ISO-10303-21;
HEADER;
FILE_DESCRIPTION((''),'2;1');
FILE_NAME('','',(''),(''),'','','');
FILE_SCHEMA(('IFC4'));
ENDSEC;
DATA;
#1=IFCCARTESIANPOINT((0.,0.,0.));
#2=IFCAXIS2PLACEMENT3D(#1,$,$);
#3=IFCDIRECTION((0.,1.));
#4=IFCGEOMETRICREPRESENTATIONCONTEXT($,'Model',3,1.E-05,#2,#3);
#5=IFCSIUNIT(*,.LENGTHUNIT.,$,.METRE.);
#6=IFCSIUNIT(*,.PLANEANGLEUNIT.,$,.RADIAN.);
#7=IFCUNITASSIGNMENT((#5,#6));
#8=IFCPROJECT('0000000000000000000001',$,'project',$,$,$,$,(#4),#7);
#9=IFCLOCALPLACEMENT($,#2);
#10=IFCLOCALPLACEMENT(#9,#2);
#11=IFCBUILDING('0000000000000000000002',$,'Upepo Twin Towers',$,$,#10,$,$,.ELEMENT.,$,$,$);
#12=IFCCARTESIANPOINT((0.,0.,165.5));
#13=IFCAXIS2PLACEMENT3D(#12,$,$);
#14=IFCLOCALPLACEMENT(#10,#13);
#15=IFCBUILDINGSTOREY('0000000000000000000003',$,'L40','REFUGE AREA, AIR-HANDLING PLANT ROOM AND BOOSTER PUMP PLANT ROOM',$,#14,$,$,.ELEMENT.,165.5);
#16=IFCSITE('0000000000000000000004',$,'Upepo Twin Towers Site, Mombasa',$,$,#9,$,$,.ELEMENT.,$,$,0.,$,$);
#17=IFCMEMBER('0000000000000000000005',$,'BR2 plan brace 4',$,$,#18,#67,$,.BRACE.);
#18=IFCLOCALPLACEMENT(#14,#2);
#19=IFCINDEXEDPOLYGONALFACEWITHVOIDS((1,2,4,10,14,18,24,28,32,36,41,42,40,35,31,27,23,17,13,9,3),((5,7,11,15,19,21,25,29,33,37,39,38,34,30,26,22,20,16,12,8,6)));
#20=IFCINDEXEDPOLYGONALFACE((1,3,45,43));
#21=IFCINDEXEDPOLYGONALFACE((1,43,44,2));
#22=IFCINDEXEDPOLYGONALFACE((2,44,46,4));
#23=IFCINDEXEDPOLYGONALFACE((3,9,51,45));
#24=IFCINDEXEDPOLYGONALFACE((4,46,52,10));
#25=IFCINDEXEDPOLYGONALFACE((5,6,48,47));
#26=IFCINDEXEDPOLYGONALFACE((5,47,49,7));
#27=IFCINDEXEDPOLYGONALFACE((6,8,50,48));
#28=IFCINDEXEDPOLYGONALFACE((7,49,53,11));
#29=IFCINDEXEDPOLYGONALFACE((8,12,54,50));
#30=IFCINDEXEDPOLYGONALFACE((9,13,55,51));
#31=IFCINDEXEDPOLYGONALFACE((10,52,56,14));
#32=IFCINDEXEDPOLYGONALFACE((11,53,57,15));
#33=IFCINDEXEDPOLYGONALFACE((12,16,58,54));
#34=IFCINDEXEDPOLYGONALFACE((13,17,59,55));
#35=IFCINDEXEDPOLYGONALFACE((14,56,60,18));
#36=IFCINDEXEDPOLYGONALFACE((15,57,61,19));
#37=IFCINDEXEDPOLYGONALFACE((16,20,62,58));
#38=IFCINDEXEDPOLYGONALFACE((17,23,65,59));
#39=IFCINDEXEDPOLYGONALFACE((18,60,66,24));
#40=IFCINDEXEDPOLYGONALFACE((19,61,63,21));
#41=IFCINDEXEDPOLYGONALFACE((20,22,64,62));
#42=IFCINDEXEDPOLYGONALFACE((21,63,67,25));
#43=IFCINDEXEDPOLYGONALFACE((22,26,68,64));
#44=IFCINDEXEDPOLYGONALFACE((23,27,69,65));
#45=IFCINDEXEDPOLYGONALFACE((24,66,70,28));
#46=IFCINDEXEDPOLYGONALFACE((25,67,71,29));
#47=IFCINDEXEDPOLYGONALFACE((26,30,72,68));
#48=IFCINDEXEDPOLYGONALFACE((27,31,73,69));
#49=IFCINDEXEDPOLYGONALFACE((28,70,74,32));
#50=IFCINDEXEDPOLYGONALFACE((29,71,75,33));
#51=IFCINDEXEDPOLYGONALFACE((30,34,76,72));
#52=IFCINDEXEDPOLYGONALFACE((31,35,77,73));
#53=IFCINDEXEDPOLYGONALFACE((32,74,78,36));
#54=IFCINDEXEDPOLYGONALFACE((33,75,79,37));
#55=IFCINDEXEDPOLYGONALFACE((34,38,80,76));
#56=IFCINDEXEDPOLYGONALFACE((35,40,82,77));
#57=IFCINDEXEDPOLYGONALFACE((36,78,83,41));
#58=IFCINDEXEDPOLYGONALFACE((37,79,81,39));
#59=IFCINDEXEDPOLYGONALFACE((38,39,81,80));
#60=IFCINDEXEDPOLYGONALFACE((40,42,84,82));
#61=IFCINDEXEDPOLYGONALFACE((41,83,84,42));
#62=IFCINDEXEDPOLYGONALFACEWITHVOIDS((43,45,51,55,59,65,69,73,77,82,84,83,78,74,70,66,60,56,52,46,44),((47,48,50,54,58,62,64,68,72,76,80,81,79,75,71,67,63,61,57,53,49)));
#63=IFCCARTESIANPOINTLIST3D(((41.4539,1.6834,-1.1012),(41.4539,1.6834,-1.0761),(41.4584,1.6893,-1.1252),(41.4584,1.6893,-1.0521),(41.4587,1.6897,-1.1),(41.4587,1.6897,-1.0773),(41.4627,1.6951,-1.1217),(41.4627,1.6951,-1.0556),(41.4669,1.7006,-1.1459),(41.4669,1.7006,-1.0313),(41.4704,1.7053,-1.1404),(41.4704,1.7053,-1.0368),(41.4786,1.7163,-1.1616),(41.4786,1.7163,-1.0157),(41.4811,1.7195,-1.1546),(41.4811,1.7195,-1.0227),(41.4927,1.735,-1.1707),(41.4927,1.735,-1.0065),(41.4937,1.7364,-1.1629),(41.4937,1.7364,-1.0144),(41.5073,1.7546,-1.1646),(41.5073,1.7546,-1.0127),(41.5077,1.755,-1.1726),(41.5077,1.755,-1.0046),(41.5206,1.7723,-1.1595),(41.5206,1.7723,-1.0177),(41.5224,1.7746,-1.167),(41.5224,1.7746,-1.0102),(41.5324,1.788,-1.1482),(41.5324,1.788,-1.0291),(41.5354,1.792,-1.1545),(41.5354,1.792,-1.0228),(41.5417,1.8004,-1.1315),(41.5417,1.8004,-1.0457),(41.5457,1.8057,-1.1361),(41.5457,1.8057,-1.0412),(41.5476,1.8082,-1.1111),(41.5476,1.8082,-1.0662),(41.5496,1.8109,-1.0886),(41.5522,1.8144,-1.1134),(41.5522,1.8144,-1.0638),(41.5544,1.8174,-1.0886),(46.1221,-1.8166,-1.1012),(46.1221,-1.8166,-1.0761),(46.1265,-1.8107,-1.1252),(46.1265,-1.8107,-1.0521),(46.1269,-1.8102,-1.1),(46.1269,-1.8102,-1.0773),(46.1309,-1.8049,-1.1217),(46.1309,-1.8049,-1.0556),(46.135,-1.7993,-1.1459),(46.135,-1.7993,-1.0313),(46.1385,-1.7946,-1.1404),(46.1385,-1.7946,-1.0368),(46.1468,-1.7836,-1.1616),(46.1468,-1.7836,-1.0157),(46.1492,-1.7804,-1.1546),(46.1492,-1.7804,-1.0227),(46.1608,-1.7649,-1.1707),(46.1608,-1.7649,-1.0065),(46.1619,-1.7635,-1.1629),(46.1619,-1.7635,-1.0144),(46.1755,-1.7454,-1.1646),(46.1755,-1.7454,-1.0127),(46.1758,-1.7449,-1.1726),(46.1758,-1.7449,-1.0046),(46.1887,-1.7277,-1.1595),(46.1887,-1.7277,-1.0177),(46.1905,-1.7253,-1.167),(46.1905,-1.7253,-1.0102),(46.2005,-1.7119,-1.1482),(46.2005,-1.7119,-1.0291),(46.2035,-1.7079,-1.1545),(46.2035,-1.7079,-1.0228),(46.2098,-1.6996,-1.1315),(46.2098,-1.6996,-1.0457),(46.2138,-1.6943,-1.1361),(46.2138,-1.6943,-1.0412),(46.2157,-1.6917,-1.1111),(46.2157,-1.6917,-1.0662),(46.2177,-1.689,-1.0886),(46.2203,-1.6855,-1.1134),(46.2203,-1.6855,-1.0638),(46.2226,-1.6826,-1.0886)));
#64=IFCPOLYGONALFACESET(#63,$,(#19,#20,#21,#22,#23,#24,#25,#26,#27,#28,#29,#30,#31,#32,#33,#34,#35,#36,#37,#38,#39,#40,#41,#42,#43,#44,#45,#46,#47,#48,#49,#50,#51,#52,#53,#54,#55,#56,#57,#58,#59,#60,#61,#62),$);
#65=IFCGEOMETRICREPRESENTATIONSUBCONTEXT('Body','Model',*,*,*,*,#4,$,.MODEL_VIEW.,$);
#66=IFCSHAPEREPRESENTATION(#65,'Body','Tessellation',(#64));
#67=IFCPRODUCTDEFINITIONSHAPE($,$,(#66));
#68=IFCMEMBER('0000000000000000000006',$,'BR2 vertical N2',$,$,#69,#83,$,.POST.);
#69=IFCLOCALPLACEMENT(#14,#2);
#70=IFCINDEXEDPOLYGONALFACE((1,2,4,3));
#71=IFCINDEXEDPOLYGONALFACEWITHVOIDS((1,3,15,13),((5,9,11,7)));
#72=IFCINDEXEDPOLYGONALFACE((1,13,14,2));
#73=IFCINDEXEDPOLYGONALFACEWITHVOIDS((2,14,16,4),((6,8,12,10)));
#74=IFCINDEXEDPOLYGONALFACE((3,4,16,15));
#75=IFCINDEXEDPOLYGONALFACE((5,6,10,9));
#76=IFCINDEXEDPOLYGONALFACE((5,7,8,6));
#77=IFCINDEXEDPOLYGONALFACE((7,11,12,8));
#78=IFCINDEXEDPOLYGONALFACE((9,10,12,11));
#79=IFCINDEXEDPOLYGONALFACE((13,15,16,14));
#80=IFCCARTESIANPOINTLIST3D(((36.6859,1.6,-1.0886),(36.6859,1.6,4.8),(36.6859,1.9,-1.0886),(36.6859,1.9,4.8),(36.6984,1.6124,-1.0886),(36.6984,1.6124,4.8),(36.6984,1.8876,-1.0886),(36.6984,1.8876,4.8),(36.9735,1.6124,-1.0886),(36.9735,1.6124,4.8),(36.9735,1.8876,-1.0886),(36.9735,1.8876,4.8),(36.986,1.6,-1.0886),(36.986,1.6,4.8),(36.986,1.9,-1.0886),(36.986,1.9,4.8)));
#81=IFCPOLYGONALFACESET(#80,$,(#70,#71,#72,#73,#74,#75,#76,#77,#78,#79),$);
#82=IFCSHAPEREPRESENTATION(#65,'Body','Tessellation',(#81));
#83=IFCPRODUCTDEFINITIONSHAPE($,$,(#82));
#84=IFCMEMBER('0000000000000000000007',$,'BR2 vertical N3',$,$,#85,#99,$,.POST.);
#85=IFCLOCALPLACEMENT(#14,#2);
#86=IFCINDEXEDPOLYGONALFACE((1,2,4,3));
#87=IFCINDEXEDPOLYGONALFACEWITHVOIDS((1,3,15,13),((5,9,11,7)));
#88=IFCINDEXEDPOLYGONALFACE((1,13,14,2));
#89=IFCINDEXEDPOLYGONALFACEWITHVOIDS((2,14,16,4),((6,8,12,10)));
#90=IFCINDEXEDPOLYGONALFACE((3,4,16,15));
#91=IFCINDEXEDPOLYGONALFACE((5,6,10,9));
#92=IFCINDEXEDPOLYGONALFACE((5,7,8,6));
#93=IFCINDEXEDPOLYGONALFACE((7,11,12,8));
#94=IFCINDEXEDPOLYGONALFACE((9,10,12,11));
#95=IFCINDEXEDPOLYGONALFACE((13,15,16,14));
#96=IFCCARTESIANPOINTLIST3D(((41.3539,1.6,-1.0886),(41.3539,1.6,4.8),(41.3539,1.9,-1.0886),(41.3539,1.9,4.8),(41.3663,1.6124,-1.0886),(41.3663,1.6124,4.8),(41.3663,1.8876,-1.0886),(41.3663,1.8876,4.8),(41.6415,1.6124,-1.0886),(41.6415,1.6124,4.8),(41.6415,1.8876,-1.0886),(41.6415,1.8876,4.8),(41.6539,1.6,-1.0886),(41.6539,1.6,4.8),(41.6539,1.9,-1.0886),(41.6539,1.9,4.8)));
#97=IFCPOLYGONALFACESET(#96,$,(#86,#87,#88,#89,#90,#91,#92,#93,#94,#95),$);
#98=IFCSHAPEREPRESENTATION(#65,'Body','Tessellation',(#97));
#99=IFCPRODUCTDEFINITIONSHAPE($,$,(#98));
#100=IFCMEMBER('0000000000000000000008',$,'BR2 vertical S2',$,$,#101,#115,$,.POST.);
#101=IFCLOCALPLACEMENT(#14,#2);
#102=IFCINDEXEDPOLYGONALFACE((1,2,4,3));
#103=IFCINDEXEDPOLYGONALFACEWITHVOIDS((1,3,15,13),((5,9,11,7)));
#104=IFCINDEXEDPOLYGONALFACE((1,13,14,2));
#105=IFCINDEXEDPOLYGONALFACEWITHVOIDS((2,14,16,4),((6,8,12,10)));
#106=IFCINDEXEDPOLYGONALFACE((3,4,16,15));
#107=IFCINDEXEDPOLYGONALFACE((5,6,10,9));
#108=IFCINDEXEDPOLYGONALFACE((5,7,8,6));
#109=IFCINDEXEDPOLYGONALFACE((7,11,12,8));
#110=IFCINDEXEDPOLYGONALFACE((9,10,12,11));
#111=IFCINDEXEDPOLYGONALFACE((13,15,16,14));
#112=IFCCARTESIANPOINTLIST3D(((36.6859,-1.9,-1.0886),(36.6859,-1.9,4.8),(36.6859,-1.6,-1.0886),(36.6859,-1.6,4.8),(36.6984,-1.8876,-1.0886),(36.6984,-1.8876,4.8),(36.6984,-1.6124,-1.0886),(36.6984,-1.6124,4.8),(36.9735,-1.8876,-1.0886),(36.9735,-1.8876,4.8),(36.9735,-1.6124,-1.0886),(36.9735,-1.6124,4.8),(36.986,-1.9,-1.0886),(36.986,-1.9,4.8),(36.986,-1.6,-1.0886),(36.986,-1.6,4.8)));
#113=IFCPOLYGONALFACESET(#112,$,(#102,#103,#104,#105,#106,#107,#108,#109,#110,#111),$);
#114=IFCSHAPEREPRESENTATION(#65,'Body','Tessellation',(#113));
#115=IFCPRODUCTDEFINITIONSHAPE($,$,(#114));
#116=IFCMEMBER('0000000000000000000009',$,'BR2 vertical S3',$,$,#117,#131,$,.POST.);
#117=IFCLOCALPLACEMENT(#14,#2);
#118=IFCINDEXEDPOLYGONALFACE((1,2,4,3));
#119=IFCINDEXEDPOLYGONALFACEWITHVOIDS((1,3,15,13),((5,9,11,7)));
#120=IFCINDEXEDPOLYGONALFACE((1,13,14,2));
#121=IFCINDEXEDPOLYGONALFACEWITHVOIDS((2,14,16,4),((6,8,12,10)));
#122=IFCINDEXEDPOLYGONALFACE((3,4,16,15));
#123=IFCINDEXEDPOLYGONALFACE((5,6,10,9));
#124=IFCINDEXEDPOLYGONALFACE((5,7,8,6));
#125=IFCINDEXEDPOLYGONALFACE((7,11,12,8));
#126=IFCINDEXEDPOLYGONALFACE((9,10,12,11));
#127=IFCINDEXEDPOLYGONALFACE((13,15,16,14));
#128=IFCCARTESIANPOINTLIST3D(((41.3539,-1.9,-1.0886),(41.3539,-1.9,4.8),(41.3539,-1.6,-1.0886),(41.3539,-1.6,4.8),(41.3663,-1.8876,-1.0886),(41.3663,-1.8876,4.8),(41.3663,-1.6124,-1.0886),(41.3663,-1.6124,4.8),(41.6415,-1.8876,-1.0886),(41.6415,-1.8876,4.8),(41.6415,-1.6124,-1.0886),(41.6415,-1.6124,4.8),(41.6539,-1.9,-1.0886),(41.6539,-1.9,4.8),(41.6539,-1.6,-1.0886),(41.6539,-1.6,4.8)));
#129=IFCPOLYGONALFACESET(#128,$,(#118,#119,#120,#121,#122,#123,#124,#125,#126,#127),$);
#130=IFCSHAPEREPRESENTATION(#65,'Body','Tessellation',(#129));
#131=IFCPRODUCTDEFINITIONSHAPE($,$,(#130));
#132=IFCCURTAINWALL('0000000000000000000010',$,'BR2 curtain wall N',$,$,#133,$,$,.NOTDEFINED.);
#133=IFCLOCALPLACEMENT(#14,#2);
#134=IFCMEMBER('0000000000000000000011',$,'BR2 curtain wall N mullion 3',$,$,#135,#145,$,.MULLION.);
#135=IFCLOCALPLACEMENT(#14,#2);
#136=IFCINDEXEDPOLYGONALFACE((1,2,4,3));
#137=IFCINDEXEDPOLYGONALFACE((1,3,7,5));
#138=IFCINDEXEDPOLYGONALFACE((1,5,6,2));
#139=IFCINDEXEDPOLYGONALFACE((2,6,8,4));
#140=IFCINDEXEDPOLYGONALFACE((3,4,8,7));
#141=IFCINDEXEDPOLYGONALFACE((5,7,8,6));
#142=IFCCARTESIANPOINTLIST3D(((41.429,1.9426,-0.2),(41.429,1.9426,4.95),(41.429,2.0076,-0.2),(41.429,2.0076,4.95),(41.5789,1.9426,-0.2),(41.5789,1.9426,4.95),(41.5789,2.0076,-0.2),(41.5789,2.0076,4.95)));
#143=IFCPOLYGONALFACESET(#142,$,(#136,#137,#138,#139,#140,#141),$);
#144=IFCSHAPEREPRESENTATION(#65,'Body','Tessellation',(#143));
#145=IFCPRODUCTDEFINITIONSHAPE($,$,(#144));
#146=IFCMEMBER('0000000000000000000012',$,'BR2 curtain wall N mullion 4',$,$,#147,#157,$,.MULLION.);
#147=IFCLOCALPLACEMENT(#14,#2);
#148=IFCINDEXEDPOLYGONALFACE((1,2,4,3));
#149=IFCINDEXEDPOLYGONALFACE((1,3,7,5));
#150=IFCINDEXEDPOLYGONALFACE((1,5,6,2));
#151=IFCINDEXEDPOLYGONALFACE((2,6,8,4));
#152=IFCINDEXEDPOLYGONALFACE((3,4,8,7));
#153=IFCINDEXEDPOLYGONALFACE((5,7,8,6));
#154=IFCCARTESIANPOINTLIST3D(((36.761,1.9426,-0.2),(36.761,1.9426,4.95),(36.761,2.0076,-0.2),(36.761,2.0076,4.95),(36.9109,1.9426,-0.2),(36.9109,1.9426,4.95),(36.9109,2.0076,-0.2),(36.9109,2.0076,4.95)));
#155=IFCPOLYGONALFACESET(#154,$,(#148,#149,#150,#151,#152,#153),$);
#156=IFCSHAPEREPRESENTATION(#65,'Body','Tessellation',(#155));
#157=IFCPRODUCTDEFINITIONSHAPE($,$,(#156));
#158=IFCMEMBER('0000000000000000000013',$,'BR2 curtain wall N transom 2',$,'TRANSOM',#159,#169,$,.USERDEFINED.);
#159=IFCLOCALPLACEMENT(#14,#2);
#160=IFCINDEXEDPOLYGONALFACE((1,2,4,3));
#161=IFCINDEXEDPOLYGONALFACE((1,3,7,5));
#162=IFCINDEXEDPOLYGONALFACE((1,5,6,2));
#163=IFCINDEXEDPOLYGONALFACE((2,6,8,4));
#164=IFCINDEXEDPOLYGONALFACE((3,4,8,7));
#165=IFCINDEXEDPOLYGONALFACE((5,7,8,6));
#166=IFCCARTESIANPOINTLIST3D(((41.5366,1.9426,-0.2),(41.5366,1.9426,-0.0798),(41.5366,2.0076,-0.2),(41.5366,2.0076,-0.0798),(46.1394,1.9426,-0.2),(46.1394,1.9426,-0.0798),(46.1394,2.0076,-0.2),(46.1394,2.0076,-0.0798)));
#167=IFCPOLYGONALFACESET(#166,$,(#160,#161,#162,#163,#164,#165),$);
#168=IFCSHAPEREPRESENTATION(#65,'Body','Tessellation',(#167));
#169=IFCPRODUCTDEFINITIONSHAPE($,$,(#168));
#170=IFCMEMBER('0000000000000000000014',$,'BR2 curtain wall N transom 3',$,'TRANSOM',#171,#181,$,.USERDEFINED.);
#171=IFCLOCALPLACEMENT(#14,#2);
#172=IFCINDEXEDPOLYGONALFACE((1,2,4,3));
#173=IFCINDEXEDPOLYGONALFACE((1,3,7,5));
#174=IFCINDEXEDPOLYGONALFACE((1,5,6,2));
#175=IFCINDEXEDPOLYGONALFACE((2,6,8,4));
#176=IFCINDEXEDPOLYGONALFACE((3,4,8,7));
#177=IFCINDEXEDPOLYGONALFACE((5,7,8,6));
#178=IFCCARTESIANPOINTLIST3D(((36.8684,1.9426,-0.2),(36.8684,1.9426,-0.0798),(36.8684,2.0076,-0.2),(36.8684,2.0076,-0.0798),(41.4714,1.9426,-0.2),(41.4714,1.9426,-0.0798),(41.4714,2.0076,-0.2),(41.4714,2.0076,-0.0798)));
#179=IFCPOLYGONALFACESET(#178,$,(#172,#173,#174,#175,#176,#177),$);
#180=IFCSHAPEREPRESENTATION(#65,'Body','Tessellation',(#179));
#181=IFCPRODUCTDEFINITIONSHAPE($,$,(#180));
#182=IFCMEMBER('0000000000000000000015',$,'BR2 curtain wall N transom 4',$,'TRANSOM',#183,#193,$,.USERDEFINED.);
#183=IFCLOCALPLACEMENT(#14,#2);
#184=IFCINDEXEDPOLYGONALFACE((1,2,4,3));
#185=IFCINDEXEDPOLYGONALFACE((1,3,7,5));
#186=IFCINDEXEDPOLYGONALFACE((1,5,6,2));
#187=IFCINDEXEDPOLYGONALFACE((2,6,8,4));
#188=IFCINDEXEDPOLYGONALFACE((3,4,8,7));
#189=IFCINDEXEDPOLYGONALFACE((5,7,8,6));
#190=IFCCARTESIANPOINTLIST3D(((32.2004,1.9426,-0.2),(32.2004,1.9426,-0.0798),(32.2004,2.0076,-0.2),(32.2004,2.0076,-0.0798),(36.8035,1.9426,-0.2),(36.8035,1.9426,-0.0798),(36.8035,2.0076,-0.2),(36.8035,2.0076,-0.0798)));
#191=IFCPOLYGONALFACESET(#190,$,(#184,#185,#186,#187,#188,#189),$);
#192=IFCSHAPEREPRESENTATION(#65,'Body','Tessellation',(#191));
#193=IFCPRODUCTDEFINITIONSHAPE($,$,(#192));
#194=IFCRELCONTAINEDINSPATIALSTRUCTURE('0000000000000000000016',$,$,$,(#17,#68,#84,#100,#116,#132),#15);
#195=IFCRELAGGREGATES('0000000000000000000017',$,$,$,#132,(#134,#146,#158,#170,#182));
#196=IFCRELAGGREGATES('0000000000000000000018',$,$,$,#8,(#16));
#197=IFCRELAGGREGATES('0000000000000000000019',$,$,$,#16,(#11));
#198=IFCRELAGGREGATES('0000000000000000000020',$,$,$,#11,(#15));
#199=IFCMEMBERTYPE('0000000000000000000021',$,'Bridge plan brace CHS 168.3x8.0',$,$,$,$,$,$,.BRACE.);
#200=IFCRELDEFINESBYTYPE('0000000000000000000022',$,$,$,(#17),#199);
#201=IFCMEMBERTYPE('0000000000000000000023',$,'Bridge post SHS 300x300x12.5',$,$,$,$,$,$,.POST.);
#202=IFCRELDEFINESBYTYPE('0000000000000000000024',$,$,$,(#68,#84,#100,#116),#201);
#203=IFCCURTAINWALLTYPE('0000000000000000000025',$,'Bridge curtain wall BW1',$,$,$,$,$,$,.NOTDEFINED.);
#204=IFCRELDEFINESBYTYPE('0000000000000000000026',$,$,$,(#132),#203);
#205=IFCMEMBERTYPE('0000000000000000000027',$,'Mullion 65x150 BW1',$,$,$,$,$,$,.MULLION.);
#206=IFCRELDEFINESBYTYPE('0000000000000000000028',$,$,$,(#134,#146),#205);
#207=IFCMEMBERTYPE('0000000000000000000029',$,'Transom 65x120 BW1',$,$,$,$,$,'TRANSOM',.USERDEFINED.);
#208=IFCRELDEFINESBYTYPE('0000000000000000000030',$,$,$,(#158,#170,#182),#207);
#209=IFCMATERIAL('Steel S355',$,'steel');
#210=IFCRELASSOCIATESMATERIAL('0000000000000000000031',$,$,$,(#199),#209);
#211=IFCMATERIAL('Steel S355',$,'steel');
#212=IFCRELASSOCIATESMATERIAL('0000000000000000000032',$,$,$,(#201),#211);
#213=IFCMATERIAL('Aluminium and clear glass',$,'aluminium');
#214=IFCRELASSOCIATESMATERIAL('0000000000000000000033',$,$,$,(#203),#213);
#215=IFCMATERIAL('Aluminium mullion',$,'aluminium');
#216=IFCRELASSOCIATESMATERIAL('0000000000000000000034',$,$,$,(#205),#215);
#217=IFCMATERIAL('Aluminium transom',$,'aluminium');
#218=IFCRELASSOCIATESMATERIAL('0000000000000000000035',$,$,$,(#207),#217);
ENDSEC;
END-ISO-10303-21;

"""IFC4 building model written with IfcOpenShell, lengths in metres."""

from ifc_helpers import new_model, si_unit, direction, frame, origin, origin_2d, place, context, subcontext, project, spatial, rectangle, hollow_rectangle, hollow_circle, extrude, material, material_profile, profile_set, type_object, element, aggregate, save


model = new_model("IFC4")

# Units and contexts
model_context = context("Model", 3, precision=1e-05, world=origin(), true_north=direction((0.0, 1.0)))
body_context = subcontext(model_context, "Body", "Model", "MODEL_VIEW")
ifc_project = project(units=[si_unit("LENGTHUNIT", "METRE"), si_unit("PLANEANGLEUNIT", "RADIAN")], contexts=[model_context])

# Site, building, storey
site_placement = place(None, origin())
site = spatial("IfcSite", under=ifc_project, at=site_placement, Name="Upepo Twin Towers Site, Mombasa", CompositionType="ELEMENT", RefElevation=0.0)
building_placement = place(site_placement, origin())
building = spatial("IfcBuilding", under=site, at=building_placement, Name="Upepo Twin Towers", CompositionType="ELEMENT")
storey_placement = place(building_placement, frame((0.0, 0.0, 165.5)))
storey = spatial("IfcBuildingStorey", under=building, at=storey_placement, Name="L40", Description="REFUGE AREA, AIR-HANDLING PLANT ROOM AND BOOSTER PUMP PLANT ROOM", CompositionType="ELEMENT", Elevation=165.5)

# Members
ifc_material_1 = material(Name="Steel S355", Category="steel")
ifc_material_profile_1 = material_profile(ifc_material_1, hollow_circle(Radius=0.0842, WallThickness=0.0081, at=origin_2d()), Name="CHS 168.3x8.0")
ifc_profile_set_1 = profile_set([ifc_material_profile_1], Name="Steel S355")
member_type_1 = type_object("IfcMemberType", Name="Bridge plan brace CHS 168.3x8.0", PredefinedType="BRACE", material=ifc_profile_set_1)
for number, where, z_axis, x_axis, name in (
    (1, (41.5039, 1.75, -1.0886), (0.800095, -0.599873, 0.0), (0.599873, 0.800095, 0.0), "BR2 plan brace 4"),
):
    element("IfcMember", number, at=place(storey_placement, frame(where, z_axis=z_axis, x_axis=x_axis)), inside=storey, type_object=member_type_1, Name=name, PredefinedType="BRACE", context=body_context, shape_type="SweptSolid", body=[
        extrude(hollow_circle(Radius=0.0842, WallThickness=0.0081, at=origin_2d()), origin(), (0.0, 0.0, 1.0), 5.8345),
    ])
ifc_material_2 = material(Name="Steel S355", Category="steel")
ifc_material_profile_2 = material_profile(ifc_material_2, hollow_rectangle(XDim=0.3, YDim=0.3, WallThickness=0.0125, at=origin_2d()), Name="SHS 300x300x12.5")
ifc_profile_set_2 = profile_set([ifc_material_profile_2], Name="Steel S355")
member_type_2 = type_object("IfcMemberType", Name="Bridge post SHS 300x300x12.5", PredefinedType="POST", material=ifc_profile_set_2)
for number, where, z_axis, x_axis, name in (
    (2, (36.8359, 1.75, -1.0886), (0.0, 0.0, 1.0), (1.0, 0.0, 0.0), "BR2 vertical N2"),
    (3, (41.5039, 1.75, -1.0886), (0.0, 0.0, 1.0), (1.0, 0.0, 0.0), "BR2 vertical N3"),
    (4, (36.8359, -1.75, -1.0886), (0.0, 0.0, 1.0), (1.0, 0.0, 0.0), "BR2 vertical S2"),
    (5, (41.5039, -1.75, -1.0886), (0.0, 0.0, 1.0), (1.0, 0.0, 0.0), "BR2 vertical S3"),
):
    element("IfcMember", number, at=place(storey_placement, frame(where, z_axis=z_axis, x_axis=x_axis)), inside=storey, type_object=member_type_2, Name=name, PredefinedType="POST", context=body_context, shape_type="SweptSolid", body=[
        extrude(hollow_rectangle(XDim=0.3, YDim=0.3, WallThickness=0.0125, at=origin_2d()), origin(), (0.0, 0.0, 1.0), 5.8887),
    ])

# Curtain wall, members
ifc_material_3 = material(Name="Aluminium and clear glass", Category="aluminium")
curtain_wall_type = type_object("IfcCurtainWallType", Name="Bridge curtain wall BW1", PredefinedType="NOTDEFINED", material=ifc_material_3)
curtain_wall_placement = place(storey_placement, origin())
curtain_wall = element("IfcCurtainWall", 6, at=curtain_wall_placement, inside=storey, type_object=curtain_wall_type, Name="BR2 curtain wall N", PredefinedType="NOTDEFINED")
ifc_material_4 = material(Name="Aluminium mullion", Category="aluminium")
ifc_material_profile_3 = material_profile(ifc_material_4, rectangle(XDim=0.0649, YDim=0.1499, at=origin_2d()), Name="MULLION 65x150 BRIDGE")
ifc_profile_set_3 = profile_set([ifc_material_profile_3], Name="Aluminium mullion")
member_type_3 = type_object("IfcMemberType", Name="Mullion 65x150 BW1", PredefinedType="MULLION", material=ifc_profile_set_3)
member_1_placement = place(storey_placement, frame((41.5039, 1.9751, -0.2), z_axis=(0.0, 0.0, 1.0), x_axis=(0.0, -1.0, 0.0)))
member_1 = element("IfcMember", 7, at=member_1_placement, type_object=member_type_3, Name="BR2 curtain wall N mullion 3", PredefinedType="MULLION", context=body_context, shape_type="SweptSolid", body=[
    extrude(rectangle(XDim=0.0649, YDim=0.1499, at=origin_2d()), origin(), (0.0, 0.0, 1.0), 5.1499),
])
member_2_placement = place(storey_placement, frame((36.8359, 1.9751, -0.2), z_axis=(0.0, 0.0, 1.0), x_axis=(0.0, -1.0, 0.0)))
member_2 = element("IfcMember", 8, at=member_2_placement, type_object=member_type_3, Name="BR2 curtain wall N mullion 4", PredefinedType="MULLION", context=body_context, shape_type="SweptSolid", body=[
    extrude(rectangle(XDim=0.0649, YDim=0.1499, at=origin_2d()), origin(), (0.0, 0.0, 1.0), 5.1499),
])
ifc_material_5 = material(Name="Aluminium transom", Category="aluminium")
ifc_material_profile_4 = material_profile(ifc_material_5, rectangle(XDim=0.0649, YDim=0.1201, at=origin_2d()), Name="TRANSOM 65x120 BRIDGE")
ifc_profile_set_4 = profile_set([ifc_material_profile_4], Name="Aluminium transom")
member_type_4 = type_object("IfcMemberType", Name="Transom 65x120 BW1", ElementType="TRANSOM", PredefinedType="USERDEFINED", material=ifc_profile_set_4)
member_3_placement = place(storey_placement, frame((46.1394, 1.9751, -0.1399), z_axis=(-1.0, 0.0, 0.0), x_axis=(0.0, -1.0, 0.0)))
member_3 = element("IfcMember", 9, at=member_3_placement, type_object=member_type_4, Name="BR2 curtain wall N transom 2", ObjectType="TRANSOM", PredefinedType="USERDEFINED", context=body_context, shape_type="SweptSolid", body=[
    extrude(rectangle(XDim=0.0649, YDim=0.1201, at=origin_2d()), origin(), (0.0, 0.0, 1.0), 4.6028),
])
member_4_placement = place(storey_placement, frame((41.4714, 1.9751, -0.1399), z_axis=(-1.0, 0.0, 0.0), x_axis=(0.0, -1.0, 0.0)))
member_4 = element("IfcMember", 10, at=member_4_placement, type_object=member_type_4, Name="BR2 curtain wall N transom 3", ObjectType="TRANSOM", PredefinedType="USERDEFINED", context=body_context, shape_type="SweptSolid", body=[
    extrude(rectangle(XDim=0.0649, YDim=0.1201, at=origin_2d()), origin(), (0.0, 0.0, 1.0), 4.603),
])
member_5_placement = place(storey_placement, frame((36.8035, 1.9751, -0.1399), z_axis=(-1.0, 0.0, 0.0), x_axis=(0.0, -1.0, 0.0)))
member_5 = element("IfcMember", 11, at=member_5_placement, type_object=member_type_4, Name="BR2 curtain wall N transom 4", ObjectType="TRANSOM", PredefinedType="USERDEFINED", context=body_context, shape_type="SweptSolid", body=[
    extrude(rectangle(XDim=0.0649, YDim=0.1201, at=origin_2d()), origin(), (0.0, 0.0, 1.0), 4.603),
])
aggregate(curtain_wall, [member_1, member_2, member_3, member_4, member_5])

save(model, "model.ifc")
